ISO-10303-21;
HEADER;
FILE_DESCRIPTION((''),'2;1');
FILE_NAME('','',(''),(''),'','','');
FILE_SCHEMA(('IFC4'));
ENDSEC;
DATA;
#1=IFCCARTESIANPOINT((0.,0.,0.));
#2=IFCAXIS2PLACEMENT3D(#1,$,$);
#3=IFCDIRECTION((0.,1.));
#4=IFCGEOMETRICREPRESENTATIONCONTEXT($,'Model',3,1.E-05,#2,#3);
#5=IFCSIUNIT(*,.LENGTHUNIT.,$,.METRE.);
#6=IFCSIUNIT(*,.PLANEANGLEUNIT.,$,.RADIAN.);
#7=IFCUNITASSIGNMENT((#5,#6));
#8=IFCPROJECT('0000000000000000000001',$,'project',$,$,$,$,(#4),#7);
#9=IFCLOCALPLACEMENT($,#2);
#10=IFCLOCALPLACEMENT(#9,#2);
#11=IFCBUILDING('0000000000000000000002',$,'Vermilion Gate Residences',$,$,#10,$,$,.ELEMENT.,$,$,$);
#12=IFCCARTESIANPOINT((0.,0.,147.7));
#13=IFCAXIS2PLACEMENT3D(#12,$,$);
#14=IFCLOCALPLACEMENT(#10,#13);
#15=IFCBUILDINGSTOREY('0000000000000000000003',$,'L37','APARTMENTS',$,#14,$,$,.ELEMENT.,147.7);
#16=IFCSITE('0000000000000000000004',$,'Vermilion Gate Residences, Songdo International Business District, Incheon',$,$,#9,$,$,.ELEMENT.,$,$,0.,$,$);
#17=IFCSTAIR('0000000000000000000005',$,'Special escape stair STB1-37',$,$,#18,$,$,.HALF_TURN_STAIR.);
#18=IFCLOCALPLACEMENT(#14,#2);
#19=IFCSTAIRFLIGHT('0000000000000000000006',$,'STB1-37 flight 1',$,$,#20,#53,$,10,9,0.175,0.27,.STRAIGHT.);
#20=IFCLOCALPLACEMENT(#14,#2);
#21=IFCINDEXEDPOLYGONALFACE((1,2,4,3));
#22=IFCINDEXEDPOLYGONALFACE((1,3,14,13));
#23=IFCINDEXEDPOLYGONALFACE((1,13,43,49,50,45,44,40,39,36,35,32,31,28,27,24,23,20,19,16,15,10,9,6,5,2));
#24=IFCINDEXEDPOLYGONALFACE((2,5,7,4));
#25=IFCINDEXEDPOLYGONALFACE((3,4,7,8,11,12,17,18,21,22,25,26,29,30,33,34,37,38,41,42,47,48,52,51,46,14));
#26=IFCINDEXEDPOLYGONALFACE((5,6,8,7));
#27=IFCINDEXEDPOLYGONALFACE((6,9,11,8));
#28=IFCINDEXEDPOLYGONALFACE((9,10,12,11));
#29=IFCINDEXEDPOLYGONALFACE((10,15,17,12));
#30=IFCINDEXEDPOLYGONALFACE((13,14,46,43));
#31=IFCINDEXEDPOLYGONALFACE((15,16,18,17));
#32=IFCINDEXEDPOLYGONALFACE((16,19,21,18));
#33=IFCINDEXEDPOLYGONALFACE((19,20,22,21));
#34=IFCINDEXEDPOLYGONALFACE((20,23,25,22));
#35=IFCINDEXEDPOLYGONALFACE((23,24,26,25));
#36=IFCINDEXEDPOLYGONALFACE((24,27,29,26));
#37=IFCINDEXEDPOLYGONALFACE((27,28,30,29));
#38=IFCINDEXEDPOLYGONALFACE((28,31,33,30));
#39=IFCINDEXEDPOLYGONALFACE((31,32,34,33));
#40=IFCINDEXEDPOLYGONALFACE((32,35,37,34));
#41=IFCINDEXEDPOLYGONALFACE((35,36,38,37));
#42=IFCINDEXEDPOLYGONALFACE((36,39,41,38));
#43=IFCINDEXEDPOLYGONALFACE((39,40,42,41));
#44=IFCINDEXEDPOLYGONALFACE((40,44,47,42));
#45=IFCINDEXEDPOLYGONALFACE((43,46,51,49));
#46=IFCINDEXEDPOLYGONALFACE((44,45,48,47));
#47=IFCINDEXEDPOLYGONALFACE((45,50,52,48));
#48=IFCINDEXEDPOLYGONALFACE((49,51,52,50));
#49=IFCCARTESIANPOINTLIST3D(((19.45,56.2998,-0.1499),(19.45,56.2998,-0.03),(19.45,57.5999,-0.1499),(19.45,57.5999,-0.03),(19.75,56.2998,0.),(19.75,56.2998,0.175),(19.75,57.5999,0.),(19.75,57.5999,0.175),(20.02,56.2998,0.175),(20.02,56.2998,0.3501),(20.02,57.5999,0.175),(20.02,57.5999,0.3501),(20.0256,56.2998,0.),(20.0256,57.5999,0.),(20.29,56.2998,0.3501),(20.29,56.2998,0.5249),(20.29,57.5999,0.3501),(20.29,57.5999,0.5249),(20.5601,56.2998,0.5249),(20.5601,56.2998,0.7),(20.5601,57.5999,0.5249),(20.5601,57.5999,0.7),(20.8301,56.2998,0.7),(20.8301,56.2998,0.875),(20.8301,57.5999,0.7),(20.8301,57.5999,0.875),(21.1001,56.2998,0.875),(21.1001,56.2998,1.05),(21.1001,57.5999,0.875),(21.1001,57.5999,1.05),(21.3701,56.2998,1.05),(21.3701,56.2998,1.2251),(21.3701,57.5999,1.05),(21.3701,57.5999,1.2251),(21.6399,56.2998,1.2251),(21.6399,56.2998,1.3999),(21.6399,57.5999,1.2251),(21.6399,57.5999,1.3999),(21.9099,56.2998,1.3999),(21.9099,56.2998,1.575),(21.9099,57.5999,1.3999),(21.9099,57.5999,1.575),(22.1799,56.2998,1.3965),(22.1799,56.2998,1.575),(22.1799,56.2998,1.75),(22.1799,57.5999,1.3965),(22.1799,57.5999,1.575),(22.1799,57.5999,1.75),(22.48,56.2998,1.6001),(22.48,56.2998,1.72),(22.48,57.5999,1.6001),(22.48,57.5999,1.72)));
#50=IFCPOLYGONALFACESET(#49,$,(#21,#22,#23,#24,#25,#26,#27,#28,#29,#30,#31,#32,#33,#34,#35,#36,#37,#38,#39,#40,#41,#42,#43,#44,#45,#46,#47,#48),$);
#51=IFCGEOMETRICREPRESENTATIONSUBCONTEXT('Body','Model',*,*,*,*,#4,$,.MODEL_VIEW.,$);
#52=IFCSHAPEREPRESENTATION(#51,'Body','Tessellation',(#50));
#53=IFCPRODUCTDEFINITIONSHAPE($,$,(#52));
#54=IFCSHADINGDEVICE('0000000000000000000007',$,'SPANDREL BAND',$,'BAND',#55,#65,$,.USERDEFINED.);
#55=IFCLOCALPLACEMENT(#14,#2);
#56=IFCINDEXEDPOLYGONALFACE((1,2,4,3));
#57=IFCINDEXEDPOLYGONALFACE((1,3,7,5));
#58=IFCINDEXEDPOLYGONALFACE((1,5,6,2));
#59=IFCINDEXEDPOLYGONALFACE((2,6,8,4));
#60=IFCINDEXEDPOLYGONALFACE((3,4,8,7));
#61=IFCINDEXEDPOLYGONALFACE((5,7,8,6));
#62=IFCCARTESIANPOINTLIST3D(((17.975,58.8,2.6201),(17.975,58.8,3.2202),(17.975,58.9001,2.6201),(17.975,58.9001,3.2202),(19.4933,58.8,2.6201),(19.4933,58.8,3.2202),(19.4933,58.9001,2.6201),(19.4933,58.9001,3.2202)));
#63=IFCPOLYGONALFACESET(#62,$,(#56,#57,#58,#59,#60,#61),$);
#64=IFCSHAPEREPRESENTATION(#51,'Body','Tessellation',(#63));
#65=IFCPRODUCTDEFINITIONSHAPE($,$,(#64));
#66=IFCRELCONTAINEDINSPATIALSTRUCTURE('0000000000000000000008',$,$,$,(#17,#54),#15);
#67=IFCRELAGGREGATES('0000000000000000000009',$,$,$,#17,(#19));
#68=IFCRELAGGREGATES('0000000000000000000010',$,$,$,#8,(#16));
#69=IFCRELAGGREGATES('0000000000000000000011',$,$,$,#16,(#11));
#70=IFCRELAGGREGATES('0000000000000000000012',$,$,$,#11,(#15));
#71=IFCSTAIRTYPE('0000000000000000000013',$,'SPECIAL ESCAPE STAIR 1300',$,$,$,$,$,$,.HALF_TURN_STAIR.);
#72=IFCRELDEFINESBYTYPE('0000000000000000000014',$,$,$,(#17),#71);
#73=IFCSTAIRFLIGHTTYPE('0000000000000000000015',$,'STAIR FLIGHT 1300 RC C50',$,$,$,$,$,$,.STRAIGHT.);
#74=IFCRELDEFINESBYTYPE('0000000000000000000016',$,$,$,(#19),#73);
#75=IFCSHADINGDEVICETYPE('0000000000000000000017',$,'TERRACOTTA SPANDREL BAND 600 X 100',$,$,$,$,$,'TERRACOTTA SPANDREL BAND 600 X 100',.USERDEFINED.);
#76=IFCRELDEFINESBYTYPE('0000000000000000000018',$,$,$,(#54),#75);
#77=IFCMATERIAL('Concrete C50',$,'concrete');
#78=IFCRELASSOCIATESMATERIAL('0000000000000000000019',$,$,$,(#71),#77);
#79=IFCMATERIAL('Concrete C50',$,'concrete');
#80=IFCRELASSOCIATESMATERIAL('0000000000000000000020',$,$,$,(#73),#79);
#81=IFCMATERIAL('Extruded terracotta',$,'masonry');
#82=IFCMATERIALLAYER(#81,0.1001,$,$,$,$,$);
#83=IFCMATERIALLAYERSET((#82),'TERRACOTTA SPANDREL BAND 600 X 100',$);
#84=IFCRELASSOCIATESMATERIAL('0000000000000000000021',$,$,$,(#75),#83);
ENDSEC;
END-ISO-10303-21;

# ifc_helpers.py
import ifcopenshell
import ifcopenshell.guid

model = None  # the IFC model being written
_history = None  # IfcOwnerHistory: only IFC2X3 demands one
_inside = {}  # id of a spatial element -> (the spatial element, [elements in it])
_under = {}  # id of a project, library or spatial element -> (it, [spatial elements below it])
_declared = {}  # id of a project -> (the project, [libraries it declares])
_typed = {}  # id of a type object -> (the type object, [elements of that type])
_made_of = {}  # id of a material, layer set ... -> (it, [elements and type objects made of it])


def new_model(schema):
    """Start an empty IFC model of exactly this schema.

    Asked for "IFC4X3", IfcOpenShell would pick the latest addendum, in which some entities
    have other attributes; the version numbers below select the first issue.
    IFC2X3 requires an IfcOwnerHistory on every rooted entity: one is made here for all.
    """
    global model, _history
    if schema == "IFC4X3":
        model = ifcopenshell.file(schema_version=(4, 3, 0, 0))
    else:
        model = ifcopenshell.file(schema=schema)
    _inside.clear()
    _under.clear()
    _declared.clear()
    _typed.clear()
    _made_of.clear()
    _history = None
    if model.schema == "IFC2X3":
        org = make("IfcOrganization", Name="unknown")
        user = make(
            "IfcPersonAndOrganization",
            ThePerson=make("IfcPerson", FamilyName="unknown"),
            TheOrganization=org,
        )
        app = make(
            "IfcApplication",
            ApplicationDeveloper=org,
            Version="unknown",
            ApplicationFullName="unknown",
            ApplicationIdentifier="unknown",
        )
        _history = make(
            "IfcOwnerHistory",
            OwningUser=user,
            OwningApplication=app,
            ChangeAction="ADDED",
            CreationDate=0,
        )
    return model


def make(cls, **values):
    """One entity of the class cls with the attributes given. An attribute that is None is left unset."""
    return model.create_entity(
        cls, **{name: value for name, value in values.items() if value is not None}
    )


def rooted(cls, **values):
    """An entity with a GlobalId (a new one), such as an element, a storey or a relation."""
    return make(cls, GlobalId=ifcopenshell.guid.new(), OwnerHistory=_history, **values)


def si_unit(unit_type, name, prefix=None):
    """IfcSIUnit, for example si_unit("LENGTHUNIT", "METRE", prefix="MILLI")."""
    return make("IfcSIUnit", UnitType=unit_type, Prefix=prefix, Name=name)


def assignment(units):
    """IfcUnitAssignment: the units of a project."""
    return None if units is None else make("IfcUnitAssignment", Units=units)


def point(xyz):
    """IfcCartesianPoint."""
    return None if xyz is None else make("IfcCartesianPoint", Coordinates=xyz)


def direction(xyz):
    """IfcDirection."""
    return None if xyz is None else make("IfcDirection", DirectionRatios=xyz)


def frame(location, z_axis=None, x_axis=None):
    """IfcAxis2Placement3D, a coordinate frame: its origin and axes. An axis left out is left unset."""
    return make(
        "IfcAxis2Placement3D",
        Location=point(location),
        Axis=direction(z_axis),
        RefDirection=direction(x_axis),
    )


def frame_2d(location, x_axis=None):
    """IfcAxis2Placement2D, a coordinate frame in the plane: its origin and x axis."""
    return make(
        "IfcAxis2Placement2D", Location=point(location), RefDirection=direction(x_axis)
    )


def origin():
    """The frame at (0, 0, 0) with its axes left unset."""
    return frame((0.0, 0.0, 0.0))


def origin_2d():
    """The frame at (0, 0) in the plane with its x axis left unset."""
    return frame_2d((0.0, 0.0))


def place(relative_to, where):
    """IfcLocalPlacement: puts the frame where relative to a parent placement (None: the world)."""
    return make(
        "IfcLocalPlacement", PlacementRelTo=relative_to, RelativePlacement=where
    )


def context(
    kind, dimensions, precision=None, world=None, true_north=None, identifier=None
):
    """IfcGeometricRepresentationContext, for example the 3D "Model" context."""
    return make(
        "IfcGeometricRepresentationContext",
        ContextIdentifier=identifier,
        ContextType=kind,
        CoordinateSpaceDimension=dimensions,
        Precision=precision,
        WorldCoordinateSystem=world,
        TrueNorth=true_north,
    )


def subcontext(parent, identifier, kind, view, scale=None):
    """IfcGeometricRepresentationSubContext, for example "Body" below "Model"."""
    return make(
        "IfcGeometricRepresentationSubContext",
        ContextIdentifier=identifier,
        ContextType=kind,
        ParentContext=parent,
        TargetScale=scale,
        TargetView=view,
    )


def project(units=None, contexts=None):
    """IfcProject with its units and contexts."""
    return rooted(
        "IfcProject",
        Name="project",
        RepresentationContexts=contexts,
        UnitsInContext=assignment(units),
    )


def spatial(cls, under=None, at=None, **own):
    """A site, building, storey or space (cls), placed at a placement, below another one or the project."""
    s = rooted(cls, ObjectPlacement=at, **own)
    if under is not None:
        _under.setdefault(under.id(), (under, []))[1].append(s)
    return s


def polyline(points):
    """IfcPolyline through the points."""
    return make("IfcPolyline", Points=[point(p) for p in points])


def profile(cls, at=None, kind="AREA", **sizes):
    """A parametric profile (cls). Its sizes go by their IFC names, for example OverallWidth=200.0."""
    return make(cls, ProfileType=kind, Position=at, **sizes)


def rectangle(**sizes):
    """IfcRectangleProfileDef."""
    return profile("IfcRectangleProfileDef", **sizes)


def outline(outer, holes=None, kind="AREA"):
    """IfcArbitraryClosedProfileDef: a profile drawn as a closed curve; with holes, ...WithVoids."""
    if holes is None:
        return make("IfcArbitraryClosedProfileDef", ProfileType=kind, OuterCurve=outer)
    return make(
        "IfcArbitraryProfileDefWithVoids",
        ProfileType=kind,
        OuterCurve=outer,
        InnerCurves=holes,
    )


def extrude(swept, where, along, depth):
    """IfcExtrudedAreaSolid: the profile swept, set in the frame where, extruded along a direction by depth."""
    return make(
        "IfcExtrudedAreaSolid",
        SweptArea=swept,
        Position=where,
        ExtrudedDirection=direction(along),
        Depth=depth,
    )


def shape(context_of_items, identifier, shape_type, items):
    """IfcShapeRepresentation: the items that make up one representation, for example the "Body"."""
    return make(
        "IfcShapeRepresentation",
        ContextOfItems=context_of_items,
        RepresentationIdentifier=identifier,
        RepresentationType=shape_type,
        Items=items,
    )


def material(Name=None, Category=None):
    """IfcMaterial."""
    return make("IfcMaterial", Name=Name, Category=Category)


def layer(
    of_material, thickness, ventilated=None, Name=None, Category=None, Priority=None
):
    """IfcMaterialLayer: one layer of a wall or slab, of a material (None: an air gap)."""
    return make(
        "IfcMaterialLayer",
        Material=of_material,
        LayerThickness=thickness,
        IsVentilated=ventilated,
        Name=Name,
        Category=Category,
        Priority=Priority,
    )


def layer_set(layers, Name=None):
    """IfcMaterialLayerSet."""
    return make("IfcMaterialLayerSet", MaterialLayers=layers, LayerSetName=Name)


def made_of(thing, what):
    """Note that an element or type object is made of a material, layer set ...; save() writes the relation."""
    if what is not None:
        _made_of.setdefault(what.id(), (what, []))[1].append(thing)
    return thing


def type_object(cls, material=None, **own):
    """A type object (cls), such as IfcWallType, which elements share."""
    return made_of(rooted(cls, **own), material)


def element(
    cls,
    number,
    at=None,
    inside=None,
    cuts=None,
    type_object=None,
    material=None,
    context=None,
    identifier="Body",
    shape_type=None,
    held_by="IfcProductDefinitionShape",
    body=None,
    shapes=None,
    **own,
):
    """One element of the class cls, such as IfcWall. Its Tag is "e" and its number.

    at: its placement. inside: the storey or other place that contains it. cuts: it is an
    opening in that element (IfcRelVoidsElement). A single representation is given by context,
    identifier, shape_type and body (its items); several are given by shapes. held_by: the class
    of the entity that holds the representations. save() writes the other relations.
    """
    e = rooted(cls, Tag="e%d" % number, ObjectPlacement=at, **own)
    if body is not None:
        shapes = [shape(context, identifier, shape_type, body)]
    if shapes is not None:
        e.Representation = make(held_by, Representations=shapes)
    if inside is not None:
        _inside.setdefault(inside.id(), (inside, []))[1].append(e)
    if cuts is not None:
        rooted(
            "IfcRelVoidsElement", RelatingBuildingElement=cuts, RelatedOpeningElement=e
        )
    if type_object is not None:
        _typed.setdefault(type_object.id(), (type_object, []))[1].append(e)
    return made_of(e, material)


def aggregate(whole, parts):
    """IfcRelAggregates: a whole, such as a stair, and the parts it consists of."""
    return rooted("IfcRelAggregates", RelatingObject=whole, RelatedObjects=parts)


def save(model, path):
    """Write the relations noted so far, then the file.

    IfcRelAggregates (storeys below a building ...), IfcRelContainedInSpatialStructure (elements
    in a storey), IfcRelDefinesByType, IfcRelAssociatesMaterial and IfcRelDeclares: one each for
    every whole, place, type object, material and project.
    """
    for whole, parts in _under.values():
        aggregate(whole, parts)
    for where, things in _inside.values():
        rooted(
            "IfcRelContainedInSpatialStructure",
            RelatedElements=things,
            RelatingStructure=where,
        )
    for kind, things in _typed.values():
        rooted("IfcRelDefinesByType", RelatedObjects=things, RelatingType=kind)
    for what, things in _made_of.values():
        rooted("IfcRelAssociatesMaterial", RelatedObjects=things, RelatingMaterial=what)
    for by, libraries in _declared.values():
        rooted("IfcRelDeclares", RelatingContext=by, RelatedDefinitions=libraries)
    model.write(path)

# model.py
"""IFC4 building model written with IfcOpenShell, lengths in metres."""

from ifc_helpers import new_model, si_unit, direction, frame, origin, origin_2d, place, context, subcontext, project, spatial, polyline, rectangle, outline, extrude, material, layer, layer_set, type_object, element, aggregate, save


model = new_model("IFC4")

# Units and contexts
model_context = context("Model", 3, precision=1e-05, world=origin(), true_north=direction((0.0, 1.0)))
body_context = subcontext(model_context, "Body", "Model", "MODEL_VIEW")
ifc_project = project(units=[si_unit("LENGTHUNIT", "METRE"), si_unit("PLANEANGLEUNIT", "RADIAN")], contexts=[model_context])

# Site, building, storey
site_placement = place(None, origin())
site = spatial("IfcSite", under=ifc_project, at=site_placement, Name="Vermilion Gate Residences, Songdo International Business District, Incheon", CompositionType="ELEMENT", RefElevation=0.0)
building_placement = place(site_placement, origin())
building = spatial("IfcBuilding", under=site, at=building_placement, Name="Vermilion Gate Residences", CompositionType="ELEMENT")
storey_placement = place(building_placement, frame((0.0, 0.0, 147.7)))
storey = spatial("IfcBuildingStorey", under=building, at=storey_placement, Name="L37", Description="APARTMENTS", CompositionType="ELEMENT", Elevation=147.7)

# Stair, stair flight
ifc_material_1 = material(Name="Concrete C50", Category="concrete")
stair_type = type_object("IfcStairType", Name="SPECIAL ESCAPE STAIR 1300", PredefinedType="HALF_TURN_STAIR", material=ifc_material_1)
stair_placement = place(storey_placement, origin())
stair = element("IfcStair", 1, at=stair_placement, inside=storey, type_object=stair_type, Name="Special escape stair STB1-37", PredefinedType="HALF_TURN_STAIR")
ifc_material_2 = material(Name="Concrete C50", Category="concrete")
stair_flight_type = type_object("IfcStairFlightType", Name="STAIR FLIGHT 1300 RC C50", PredefinedType="STRAIGHT", material=ifc_material_2)
stair_flight_placement = place(storey_placement, frame((19.75, 56.95, 0.0), z_axis=(0.0, 0.0, 1.0), x_axis=(1.0, 0.0, 0.0)))
stair_flight = element("IfcStairFlight", 2, at=stair_flight_placement, type_object=stair_flight_type, Name="STB1-37 flight 1", NumberOfRisers=10, NumberOfTreads=9, PredefinedType="STRAIGHT", RiserHeight=0.175, TreadLength=0.27, context=body_context, shape_type="SweptSolid", body=[
    extrude(outline(polyline([(-0.3, -0.1499), (-0.3, -0.03), (0.0, 0.0), (0.0, 0.175), (0.27, 0.175), (0.27, 0.3501), (0.54, 0.3501), (0.54, 0.5249), (0.8101, 0.5249), (0.8101, 0.7), (1.0801, 0.7), (1.0801, 0.875), (1.3501, 0.875), (1.3501, 1.05), (1.6201, 1.05), (1.6201, 1.2251), (1.8899, 1.2251), (1.8899, 1.3999), (2.1599, 1.3999), (2.1599, 1.575), (2.4299, 1.575), (2.4299, 1.75), (2.73, 1.72), (2.73, 1.6001), (2.4299, 1.3965), (0.2756, 0.0), (-0.3, -0.1499)])), frame((0.0, 0.6499, 0.0), z_axis=(0.0, -1.0, 0.0), x_axis=(1.0, 0.0, 0.0)), (0.0, 0.0, 1.0), 1.3),
])
aggregate(stair, [stair_flight])

# Shading device
ifc_material_3 = material(Name="Extruded terracotta", Category="masonry")
ifc_layer_1 = layer(ifc_material_3, 0.1001)
ifc_layer_set_1 = layer_set([ifc_layer_1], Name="TERRACOTTA SPANDREL BAND 600 X 100")
shading_device_type = type_object("IfcShadingDeviceType", Name="TERRACOTTA SPANDREL BAND 600 X 100", ElementType="TERRACOTTA SPANDREL BAND 600 X 100", PredefinedType="USERDEFINED", material=ifc_layer_set_1)
shading_device_placement = place(storey_placement, frame((18.7341, 58.8501, 2.6201), z_axis=(0.0, 0.0, 1.0), x_axis=(1.0, 0.0, 0.0)))
element("IfcShadingDevice", 3, at=shading_device_placement, inside=storey, type_object=shading_device_type, Name="SPANDREL BAND", ObjectType="BAND", PredefinedType="USERDEFINED", context=body_context, shape_type="SweptSolid", body=[
    extrude(rectangle(XDim=1.5183, YDim=0.1001, at=origin_2d()), origin(), (0.0, 0.0, 1.0), 0.6001),
])

save(model, "model.ifc")
